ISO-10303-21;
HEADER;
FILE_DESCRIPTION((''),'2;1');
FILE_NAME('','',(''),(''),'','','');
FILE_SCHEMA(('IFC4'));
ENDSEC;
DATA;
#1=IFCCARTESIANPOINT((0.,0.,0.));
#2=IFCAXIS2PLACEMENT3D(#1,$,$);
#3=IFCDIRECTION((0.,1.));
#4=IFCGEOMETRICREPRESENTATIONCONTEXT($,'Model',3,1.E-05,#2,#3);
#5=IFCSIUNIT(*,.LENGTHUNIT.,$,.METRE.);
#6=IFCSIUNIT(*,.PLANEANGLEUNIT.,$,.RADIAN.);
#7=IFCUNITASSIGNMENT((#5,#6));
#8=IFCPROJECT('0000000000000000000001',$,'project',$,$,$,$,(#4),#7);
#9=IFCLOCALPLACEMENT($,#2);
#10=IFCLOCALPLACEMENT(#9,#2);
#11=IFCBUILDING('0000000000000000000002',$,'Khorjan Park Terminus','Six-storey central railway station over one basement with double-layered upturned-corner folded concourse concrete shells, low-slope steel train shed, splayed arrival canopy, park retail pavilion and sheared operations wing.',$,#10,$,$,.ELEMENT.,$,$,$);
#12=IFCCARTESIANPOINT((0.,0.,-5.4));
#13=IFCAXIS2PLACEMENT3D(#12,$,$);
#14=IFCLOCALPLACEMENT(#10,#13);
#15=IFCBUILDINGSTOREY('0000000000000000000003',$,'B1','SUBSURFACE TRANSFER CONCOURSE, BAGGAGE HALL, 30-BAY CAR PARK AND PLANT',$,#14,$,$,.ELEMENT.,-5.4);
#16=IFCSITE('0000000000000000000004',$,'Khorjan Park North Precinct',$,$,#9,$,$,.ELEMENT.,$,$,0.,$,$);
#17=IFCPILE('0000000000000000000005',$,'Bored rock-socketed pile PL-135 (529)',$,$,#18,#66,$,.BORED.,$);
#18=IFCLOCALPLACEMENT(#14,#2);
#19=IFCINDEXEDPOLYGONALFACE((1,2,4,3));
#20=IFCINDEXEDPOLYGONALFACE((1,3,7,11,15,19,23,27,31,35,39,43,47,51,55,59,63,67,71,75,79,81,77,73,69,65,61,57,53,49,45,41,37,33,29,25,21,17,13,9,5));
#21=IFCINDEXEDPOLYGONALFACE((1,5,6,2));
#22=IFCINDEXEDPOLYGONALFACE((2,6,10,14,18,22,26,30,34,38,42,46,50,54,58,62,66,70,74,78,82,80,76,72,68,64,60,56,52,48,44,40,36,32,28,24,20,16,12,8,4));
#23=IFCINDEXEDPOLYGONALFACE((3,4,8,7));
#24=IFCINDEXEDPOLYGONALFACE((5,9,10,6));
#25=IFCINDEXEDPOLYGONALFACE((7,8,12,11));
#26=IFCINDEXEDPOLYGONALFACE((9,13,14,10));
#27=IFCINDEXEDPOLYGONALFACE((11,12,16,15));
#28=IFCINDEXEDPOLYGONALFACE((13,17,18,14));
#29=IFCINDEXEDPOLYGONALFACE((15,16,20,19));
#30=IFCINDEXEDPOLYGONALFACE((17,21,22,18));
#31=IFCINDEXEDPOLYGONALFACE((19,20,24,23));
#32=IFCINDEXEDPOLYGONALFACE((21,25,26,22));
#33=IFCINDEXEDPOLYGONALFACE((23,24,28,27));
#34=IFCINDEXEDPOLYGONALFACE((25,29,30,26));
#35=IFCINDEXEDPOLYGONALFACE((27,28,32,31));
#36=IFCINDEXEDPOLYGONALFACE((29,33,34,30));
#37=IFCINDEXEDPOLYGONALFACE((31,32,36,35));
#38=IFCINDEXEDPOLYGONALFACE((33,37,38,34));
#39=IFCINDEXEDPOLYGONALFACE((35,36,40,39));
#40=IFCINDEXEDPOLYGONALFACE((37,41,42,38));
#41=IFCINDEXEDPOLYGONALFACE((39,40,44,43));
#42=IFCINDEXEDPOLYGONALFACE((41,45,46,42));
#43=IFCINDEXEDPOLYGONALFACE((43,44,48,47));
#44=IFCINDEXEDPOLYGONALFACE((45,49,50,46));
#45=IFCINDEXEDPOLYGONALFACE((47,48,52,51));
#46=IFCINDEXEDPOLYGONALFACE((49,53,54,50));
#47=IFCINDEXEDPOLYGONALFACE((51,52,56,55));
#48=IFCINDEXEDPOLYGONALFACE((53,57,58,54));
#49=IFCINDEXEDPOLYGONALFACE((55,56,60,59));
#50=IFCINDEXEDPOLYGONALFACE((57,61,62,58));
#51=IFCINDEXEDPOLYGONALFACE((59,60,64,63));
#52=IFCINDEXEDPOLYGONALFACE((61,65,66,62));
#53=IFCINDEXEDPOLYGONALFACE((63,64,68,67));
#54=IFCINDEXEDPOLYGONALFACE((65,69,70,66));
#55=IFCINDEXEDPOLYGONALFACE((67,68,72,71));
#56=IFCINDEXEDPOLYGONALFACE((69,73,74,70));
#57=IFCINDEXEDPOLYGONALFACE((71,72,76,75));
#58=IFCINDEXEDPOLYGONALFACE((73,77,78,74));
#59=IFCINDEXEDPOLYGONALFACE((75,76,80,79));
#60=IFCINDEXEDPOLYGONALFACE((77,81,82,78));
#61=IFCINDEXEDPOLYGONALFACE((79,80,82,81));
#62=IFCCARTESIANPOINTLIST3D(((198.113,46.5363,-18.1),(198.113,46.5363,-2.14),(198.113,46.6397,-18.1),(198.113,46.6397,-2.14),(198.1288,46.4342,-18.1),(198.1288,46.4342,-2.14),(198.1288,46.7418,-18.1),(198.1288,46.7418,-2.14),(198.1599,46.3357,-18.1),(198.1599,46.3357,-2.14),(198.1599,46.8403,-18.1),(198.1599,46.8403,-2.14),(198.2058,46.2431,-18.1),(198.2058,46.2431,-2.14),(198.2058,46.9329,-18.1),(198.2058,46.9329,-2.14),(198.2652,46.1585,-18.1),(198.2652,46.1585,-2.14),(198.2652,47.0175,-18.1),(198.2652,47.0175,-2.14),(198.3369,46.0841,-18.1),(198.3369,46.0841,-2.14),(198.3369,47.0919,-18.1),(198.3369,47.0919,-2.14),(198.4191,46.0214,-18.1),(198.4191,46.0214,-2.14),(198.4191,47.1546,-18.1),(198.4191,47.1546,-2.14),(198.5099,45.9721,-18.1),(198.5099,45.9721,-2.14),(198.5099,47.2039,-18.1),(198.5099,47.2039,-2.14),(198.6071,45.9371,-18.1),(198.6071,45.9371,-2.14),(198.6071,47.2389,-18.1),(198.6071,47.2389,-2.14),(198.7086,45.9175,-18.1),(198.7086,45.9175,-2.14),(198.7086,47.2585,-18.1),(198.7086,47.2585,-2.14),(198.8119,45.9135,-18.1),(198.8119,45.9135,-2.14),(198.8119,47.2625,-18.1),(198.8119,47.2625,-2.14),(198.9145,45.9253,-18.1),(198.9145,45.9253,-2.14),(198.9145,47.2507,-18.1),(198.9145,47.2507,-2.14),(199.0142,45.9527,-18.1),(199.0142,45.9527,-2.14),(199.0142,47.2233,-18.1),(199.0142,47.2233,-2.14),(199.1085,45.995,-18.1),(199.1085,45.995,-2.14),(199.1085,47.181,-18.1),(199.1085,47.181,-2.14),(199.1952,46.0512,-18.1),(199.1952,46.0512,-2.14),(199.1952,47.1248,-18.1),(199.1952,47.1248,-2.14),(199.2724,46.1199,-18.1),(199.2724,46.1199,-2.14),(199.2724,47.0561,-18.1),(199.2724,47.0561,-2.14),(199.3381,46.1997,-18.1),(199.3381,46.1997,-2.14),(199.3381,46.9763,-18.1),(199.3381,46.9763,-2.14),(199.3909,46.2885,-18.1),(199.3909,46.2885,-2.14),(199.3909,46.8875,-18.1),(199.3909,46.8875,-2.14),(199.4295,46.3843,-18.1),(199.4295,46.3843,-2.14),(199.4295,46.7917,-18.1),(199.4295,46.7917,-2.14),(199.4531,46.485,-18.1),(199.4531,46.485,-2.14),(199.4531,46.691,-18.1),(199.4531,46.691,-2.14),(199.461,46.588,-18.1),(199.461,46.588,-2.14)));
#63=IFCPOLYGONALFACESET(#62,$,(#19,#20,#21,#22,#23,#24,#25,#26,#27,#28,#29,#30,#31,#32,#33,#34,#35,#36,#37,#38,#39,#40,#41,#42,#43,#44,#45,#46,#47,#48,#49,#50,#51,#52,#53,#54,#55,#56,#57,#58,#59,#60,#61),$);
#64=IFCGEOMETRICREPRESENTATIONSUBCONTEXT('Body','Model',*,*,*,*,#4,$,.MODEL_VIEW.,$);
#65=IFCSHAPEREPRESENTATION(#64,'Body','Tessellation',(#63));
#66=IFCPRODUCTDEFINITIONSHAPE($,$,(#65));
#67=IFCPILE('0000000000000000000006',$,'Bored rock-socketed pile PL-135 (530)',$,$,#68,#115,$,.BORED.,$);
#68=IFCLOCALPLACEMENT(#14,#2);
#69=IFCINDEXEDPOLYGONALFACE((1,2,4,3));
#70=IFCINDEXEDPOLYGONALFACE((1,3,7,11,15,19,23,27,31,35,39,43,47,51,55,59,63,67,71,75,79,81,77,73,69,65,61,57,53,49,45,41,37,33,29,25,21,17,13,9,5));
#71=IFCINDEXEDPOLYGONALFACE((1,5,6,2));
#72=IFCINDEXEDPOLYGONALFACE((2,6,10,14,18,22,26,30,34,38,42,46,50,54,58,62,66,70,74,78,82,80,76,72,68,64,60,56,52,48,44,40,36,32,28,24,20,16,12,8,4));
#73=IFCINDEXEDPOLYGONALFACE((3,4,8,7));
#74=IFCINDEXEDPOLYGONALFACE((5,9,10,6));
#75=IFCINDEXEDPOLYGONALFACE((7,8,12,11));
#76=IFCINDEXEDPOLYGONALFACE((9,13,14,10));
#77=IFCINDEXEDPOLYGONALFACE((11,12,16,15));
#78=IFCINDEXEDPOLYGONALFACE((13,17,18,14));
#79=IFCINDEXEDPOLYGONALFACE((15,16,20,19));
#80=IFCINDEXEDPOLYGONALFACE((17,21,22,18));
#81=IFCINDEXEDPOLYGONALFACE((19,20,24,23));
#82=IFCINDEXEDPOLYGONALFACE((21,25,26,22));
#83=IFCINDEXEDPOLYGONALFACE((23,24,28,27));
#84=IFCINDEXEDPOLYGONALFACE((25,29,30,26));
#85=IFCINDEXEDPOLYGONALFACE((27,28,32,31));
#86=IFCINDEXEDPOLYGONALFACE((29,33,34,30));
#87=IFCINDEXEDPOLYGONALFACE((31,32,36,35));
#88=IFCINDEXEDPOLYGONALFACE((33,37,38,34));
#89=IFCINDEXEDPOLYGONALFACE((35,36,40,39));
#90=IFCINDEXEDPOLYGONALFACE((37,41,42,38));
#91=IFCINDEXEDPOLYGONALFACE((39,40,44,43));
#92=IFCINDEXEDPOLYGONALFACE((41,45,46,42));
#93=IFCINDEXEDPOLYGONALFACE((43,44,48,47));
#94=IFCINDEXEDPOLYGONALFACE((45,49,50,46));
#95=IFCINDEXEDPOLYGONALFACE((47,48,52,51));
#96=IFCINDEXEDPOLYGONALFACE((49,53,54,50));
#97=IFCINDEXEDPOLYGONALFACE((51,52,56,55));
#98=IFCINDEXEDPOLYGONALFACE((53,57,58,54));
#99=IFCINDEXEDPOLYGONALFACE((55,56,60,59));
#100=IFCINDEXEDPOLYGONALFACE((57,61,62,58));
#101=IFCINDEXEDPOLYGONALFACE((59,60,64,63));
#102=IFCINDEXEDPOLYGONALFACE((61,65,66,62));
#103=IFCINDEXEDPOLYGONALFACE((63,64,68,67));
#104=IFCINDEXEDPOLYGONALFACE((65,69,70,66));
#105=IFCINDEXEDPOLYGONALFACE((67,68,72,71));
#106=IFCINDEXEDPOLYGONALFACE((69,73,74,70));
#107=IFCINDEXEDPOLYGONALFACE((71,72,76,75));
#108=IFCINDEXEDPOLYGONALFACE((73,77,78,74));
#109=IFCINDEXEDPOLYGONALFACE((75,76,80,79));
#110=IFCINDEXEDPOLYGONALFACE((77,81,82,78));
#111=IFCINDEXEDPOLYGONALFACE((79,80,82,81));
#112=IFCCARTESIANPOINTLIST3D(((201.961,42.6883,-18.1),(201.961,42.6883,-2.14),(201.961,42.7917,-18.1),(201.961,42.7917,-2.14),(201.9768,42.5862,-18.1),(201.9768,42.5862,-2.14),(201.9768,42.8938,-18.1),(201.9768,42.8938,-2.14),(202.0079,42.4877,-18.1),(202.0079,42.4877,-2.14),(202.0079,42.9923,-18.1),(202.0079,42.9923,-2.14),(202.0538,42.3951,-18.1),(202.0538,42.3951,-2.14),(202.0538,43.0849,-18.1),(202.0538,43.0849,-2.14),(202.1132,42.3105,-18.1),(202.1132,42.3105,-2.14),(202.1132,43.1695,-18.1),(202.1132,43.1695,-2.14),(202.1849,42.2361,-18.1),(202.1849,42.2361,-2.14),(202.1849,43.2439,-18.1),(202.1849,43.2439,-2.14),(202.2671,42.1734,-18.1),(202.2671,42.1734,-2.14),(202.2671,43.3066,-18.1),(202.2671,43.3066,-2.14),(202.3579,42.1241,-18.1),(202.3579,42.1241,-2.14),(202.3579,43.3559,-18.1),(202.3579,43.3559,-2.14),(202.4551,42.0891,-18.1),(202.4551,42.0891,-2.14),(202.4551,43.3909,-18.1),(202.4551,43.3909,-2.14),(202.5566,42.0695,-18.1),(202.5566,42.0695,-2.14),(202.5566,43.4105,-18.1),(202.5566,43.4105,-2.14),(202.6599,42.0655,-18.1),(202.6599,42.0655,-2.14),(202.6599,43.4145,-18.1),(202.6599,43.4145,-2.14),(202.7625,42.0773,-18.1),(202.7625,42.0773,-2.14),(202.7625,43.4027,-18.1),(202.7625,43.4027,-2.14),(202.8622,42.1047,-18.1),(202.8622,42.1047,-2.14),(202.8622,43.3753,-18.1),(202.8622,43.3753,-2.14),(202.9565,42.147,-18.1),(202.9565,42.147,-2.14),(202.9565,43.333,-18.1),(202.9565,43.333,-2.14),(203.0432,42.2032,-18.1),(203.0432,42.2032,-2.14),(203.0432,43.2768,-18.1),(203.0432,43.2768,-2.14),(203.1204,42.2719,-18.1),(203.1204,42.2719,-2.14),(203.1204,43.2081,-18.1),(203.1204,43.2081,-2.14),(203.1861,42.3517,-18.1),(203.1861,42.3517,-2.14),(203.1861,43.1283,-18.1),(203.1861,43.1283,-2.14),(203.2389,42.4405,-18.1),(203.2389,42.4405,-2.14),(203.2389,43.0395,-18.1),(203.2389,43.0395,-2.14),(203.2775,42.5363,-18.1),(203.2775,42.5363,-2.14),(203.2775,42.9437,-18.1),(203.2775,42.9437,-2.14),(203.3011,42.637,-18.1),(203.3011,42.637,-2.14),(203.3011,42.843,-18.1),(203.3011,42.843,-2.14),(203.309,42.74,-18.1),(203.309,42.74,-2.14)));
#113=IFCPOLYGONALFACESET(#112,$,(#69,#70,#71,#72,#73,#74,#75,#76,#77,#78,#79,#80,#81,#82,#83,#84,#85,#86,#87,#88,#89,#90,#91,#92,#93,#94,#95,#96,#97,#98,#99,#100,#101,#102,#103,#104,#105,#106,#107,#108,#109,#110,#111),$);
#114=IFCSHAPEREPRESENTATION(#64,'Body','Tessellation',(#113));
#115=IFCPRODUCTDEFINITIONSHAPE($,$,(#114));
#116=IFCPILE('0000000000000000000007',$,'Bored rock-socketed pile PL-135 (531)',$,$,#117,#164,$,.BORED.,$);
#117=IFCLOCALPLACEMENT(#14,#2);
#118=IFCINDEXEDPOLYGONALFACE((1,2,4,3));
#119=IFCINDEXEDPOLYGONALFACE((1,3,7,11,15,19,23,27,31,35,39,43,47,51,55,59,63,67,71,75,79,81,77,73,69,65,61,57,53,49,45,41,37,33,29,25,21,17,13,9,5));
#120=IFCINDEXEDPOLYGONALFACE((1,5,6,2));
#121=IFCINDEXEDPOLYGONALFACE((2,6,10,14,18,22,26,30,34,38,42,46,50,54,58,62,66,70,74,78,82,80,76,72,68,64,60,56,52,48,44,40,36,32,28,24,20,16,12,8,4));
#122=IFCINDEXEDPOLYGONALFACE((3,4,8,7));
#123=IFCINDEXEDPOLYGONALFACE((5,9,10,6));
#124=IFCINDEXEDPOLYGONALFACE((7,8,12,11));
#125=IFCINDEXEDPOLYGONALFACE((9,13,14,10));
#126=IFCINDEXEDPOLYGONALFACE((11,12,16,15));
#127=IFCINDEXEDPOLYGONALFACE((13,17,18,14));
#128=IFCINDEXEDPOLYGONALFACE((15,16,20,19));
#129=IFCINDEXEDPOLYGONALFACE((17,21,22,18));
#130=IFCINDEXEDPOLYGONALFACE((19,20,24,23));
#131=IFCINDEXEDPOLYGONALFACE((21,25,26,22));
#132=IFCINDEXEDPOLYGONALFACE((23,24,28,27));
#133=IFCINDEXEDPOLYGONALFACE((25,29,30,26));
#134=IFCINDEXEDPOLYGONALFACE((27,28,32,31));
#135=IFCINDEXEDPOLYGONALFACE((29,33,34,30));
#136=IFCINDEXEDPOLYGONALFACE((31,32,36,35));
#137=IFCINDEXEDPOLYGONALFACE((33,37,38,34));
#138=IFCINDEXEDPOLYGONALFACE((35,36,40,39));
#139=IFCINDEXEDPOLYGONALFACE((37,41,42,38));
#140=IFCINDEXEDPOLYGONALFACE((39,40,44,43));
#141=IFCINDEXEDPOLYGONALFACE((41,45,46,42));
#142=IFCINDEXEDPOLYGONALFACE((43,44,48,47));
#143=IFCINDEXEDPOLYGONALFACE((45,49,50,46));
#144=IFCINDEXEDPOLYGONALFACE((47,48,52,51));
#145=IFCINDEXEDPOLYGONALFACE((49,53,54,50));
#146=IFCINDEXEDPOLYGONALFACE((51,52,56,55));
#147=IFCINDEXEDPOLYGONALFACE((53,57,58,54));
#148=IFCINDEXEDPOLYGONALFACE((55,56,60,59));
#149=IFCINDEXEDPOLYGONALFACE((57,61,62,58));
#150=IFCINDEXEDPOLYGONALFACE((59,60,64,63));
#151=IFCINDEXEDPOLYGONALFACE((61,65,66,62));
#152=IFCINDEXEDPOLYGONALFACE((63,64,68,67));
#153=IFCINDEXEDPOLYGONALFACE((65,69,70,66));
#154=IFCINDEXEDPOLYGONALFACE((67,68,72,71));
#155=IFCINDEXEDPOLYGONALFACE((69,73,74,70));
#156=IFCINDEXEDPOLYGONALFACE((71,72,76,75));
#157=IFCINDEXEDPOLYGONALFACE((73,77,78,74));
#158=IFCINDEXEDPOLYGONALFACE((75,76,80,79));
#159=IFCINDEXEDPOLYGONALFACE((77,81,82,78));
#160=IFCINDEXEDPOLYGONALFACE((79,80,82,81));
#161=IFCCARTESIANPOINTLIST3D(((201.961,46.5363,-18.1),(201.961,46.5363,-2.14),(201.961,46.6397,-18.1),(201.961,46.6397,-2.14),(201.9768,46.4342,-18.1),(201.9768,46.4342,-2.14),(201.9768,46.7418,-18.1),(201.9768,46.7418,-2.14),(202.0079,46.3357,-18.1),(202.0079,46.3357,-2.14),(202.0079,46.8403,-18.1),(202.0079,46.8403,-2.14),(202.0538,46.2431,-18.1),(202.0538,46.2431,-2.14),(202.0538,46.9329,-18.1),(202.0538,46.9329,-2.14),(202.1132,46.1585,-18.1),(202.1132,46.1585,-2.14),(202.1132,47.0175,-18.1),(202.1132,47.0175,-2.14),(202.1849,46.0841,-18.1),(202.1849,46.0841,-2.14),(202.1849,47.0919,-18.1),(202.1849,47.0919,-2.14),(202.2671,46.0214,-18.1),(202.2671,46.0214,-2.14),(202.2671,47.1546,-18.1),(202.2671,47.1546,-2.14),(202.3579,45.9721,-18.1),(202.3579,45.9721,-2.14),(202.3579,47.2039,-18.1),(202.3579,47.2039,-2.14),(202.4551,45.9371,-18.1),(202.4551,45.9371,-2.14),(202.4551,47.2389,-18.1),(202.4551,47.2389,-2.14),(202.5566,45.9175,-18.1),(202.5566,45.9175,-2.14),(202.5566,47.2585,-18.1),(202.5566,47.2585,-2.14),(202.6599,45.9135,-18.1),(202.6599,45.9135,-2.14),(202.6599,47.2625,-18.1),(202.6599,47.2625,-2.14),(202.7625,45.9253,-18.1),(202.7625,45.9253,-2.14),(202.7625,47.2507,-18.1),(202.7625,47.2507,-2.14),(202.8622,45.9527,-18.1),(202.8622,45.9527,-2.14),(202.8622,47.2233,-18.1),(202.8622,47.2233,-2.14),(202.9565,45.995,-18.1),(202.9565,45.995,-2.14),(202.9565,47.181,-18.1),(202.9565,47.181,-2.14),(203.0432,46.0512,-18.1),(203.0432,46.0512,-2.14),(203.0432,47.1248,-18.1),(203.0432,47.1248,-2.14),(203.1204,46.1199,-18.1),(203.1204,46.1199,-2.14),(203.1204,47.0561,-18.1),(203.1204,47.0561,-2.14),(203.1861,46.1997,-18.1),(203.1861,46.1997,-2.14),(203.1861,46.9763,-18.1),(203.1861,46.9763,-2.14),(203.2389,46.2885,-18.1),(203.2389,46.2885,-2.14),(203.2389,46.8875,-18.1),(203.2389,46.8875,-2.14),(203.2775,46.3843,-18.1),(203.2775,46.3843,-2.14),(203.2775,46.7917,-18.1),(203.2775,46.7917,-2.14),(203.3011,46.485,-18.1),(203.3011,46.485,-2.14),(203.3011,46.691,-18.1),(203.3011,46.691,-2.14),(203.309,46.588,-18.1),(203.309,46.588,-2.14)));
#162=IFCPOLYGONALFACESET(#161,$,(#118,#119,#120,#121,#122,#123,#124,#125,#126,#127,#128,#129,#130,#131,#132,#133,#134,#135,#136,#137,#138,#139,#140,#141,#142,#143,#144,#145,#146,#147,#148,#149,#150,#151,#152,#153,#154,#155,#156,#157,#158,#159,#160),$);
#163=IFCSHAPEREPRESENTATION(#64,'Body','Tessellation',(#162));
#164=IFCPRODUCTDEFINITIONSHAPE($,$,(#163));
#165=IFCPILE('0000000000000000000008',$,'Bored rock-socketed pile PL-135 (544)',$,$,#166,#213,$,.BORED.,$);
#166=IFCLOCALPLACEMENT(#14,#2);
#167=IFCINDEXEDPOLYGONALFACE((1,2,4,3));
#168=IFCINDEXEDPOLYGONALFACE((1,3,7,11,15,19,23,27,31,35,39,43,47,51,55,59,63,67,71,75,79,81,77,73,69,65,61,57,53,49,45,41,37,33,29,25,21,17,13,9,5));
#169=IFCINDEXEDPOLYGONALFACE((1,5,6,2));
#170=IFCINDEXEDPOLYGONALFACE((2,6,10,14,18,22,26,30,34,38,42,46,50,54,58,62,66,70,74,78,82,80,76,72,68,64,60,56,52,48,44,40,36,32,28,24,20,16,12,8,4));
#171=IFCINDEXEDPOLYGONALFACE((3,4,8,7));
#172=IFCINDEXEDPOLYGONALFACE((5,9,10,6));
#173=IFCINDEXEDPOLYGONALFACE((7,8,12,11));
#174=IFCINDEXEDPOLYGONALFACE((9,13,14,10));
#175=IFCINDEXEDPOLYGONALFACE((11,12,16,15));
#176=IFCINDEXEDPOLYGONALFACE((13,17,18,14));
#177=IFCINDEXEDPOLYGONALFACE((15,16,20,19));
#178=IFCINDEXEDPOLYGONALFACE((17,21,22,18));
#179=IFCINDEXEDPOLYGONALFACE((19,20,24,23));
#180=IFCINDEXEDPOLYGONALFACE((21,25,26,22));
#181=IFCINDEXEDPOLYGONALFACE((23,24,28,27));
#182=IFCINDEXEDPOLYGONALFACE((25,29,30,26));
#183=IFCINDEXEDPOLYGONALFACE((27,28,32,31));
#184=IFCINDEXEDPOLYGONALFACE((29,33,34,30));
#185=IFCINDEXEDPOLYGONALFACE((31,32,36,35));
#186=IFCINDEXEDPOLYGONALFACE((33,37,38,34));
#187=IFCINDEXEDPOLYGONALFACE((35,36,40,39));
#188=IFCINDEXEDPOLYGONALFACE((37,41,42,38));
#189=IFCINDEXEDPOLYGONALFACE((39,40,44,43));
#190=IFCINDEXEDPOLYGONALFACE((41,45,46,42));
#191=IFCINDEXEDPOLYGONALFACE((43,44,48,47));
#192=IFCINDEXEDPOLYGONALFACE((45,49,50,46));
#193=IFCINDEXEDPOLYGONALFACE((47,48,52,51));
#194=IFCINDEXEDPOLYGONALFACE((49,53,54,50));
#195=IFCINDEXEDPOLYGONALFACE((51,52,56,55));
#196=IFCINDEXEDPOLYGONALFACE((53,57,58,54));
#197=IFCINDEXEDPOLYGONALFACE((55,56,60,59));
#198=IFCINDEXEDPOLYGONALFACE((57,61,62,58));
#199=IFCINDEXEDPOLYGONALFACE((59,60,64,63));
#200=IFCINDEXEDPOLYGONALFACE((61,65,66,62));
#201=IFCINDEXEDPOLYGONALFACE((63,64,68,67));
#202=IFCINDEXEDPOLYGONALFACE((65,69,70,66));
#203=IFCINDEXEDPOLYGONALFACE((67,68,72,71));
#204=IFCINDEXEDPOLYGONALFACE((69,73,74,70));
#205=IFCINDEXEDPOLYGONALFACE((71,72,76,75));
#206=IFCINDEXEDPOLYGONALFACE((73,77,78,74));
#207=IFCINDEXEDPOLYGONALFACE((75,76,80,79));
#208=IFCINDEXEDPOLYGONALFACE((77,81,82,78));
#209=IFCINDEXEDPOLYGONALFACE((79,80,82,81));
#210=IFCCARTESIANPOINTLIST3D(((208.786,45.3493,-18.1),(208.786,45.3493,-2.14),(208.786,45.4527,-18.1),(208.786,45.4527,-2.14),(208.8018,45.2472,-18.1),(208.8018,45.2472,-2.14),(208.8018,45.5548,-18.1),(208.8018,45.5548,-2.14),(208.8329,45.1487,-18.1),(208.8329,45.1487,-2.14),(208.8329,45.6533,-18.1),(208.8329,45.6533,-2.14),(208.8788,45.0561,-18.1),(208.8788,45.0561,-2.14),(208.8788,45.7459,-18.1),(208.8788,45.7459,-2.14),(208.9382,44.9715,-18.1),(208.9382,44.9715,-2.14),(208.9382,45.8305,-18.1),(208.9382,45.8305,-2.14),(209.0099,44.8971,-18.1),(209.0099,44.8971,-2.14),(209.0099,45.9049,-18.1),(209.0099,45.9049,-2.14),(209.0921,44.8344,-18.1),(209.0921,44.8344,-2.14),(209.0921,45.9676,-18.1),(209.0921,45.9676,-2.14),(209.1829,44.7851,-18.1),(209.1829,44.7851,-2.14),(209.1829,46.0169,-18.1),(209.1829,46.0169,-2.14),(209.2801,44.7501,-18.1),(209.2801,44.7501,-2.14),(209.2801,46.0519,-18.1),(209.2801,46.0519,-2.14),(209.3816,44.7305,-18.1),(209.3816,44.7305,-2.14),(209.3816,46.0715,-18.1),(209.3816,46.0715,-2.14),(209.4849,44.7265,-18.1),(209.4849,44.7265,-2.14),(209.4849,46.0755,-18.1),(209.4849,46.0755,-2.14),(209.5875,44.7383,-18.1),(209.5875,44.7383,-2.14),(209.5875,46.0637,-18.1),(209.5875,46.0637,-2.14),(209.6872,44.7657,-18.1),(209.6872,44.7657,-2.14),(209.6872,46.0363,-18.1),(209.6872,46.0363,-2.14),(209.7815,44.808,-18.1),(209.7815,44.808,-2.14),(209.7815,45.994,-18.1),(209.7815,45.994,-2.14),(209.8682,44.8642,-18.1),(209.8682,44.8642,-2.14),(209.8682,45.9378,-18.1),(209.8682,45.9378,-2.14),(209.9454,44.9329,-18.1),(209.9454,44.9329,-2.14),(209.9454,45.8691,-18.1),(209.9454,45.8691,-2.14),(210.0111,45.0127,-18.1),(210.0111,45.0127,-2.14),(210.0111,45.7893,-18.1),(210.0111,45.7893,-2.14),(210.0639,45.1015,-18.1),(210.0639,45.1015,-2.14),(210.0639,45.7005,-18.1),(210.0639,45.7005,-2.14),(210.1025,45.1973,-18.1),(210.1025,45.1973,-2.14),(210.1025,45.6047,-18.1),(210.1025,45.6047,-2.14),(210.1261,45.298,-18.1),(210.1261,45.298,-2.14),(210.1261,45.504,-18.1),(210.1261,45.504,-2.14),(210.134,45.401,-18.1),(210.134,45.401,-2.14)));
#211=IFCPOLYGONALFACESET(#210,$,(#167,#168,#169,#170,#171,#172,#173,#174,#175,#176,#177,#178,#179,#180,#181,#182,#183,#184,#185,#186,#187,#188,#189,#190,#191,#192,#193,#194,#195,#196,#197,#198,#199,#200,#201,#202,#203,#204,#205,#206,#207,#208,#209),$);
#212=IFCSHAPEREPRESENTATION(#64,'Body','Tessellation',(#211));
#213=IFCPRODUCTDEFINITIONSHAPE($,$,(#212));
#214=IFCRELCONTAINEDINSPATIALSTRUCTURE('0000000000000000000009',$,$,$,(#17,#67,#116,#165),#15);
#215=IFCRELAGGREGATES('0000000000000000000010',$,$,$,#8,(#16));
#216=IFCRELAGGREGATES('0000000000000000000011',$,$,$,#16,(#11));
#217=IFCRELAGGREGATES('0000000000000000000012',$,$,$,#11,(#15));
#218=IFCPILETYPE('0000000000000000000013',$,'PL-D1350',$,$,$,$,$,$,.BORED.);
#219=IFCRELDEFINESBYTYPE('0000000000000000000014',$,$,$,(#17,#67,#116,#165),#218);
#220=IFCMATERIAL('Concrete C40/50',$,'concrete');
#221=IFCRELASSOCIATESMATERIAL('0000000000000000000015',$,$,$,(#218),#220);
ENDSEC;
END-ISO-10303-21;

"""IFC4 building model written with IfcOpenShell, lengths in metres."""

from ifc_helpers import new_model, si_unit, direction, frame, origin, origin_2d, place, context, subcontext, project, spatial, circle, extrude, material, material_profile, profile_set, type_object, element, save


model = new_model("IFC4")

# Units and contexts
model_context = context("Model", 3, precision=1e-05, world=origin(), true_north=direction((0.0, 1.0)))
body_context = subcontext(model_context, "Body", "Model", "MODEL_VIEW")
ifc_project = project(units=[si_unit("LENGTHUNIT", "METRE"), si_unit("PLANEANGLEUNIT", "RADIAN")], contexts=[model_context])

# Site, building, storey
site_placement = place(None, origin())
site = spatial("IfcSite", under=ifc_project, at=site_placement, Name="Khorjan Park North Precinct", CompositionType="ELEMENT", RefElevation=0.0)
building_placement = place(site_placement, origin())
building = spatial("IfcBuilding", under=site, at=building_placement, Name="Khorjan Park Terminus", Description="Six-storey central railway station over one basement with double-layered upturned-corner folded concourse concrete shells, low-slope steel train shed, splayed arrival canopy, park retail pavilion and sheared operations wing.", CompositionType="ELEMENT")
storey_placement = place(building_placement, frame((0.0, 0.0, -5.4)))
storey = spatial("IfcBuildingStorey", under=building, at=storey_placement, Name="B1", Description="SUBSURFACE TRANSFER CONCOURSE, BAGGAGE HALL, 30-BAY CAR PARK AND PLANT", CompositionType="ELEMENT", Elevation=-5.4)

# Piles
ifc_material_1 = material(Name="Concrete C40/50", Category="concrete")
ifc_material_profile_1 = material_profile(ifc_material_1, circle(Radius=0.675, at=origin_2d()), Name="BORED D1350")
ifc_profile_set_1 = profile_set([ifc_material_profile_1], Name="Concrete C40/50")
pile_type = type_object("IfcPileType", Name="PL-D1350", PredefinedType="BORED", material=ifc_profile_set_1)
for number, where, z_axis, x_axis, name in (
    (1, (198.786, 46.588, -2.14), (0.0, 0.0, -1.0), (1.0, 0.0, 0.0), "Bored rock-socketed pile PL-135 (529)"),
    (2, (202.634, 42.74, -2.14), (0.0, 0.0, -1.0), (1.0, 0.0, 0.0), "Bored rock-socketed pile PL-135 (530)"),
    (3, (202.634, 46.588, -2.14), (0.0, 0.0, -1.0), (1.0, 0.0, 0.0), "Bored rock-socketed pile PL-135 (531)"),
    (4, (209.459, 45.401, -2.14), (0.0, 0.0, -1.0), (1.0, 0.0, 0.0), "Bored rock-socketed pile PL-135 (544)"),
):
    element("IfcPile", number, at=place(storey_placement, frame(where, z_axis=z_axis, x_axis=x_axis)), inside=storey, type_object=pile_type, Name=name, PredefinedType="BORED", context=body_context, shape_type="SweptSolid", body=[
        extrude(circle(Radius=0.675, at=origin_2d()), origin(), (0.0, 0.0, 1.0), 15.96),
    ])

save(model, "model.ifc")
